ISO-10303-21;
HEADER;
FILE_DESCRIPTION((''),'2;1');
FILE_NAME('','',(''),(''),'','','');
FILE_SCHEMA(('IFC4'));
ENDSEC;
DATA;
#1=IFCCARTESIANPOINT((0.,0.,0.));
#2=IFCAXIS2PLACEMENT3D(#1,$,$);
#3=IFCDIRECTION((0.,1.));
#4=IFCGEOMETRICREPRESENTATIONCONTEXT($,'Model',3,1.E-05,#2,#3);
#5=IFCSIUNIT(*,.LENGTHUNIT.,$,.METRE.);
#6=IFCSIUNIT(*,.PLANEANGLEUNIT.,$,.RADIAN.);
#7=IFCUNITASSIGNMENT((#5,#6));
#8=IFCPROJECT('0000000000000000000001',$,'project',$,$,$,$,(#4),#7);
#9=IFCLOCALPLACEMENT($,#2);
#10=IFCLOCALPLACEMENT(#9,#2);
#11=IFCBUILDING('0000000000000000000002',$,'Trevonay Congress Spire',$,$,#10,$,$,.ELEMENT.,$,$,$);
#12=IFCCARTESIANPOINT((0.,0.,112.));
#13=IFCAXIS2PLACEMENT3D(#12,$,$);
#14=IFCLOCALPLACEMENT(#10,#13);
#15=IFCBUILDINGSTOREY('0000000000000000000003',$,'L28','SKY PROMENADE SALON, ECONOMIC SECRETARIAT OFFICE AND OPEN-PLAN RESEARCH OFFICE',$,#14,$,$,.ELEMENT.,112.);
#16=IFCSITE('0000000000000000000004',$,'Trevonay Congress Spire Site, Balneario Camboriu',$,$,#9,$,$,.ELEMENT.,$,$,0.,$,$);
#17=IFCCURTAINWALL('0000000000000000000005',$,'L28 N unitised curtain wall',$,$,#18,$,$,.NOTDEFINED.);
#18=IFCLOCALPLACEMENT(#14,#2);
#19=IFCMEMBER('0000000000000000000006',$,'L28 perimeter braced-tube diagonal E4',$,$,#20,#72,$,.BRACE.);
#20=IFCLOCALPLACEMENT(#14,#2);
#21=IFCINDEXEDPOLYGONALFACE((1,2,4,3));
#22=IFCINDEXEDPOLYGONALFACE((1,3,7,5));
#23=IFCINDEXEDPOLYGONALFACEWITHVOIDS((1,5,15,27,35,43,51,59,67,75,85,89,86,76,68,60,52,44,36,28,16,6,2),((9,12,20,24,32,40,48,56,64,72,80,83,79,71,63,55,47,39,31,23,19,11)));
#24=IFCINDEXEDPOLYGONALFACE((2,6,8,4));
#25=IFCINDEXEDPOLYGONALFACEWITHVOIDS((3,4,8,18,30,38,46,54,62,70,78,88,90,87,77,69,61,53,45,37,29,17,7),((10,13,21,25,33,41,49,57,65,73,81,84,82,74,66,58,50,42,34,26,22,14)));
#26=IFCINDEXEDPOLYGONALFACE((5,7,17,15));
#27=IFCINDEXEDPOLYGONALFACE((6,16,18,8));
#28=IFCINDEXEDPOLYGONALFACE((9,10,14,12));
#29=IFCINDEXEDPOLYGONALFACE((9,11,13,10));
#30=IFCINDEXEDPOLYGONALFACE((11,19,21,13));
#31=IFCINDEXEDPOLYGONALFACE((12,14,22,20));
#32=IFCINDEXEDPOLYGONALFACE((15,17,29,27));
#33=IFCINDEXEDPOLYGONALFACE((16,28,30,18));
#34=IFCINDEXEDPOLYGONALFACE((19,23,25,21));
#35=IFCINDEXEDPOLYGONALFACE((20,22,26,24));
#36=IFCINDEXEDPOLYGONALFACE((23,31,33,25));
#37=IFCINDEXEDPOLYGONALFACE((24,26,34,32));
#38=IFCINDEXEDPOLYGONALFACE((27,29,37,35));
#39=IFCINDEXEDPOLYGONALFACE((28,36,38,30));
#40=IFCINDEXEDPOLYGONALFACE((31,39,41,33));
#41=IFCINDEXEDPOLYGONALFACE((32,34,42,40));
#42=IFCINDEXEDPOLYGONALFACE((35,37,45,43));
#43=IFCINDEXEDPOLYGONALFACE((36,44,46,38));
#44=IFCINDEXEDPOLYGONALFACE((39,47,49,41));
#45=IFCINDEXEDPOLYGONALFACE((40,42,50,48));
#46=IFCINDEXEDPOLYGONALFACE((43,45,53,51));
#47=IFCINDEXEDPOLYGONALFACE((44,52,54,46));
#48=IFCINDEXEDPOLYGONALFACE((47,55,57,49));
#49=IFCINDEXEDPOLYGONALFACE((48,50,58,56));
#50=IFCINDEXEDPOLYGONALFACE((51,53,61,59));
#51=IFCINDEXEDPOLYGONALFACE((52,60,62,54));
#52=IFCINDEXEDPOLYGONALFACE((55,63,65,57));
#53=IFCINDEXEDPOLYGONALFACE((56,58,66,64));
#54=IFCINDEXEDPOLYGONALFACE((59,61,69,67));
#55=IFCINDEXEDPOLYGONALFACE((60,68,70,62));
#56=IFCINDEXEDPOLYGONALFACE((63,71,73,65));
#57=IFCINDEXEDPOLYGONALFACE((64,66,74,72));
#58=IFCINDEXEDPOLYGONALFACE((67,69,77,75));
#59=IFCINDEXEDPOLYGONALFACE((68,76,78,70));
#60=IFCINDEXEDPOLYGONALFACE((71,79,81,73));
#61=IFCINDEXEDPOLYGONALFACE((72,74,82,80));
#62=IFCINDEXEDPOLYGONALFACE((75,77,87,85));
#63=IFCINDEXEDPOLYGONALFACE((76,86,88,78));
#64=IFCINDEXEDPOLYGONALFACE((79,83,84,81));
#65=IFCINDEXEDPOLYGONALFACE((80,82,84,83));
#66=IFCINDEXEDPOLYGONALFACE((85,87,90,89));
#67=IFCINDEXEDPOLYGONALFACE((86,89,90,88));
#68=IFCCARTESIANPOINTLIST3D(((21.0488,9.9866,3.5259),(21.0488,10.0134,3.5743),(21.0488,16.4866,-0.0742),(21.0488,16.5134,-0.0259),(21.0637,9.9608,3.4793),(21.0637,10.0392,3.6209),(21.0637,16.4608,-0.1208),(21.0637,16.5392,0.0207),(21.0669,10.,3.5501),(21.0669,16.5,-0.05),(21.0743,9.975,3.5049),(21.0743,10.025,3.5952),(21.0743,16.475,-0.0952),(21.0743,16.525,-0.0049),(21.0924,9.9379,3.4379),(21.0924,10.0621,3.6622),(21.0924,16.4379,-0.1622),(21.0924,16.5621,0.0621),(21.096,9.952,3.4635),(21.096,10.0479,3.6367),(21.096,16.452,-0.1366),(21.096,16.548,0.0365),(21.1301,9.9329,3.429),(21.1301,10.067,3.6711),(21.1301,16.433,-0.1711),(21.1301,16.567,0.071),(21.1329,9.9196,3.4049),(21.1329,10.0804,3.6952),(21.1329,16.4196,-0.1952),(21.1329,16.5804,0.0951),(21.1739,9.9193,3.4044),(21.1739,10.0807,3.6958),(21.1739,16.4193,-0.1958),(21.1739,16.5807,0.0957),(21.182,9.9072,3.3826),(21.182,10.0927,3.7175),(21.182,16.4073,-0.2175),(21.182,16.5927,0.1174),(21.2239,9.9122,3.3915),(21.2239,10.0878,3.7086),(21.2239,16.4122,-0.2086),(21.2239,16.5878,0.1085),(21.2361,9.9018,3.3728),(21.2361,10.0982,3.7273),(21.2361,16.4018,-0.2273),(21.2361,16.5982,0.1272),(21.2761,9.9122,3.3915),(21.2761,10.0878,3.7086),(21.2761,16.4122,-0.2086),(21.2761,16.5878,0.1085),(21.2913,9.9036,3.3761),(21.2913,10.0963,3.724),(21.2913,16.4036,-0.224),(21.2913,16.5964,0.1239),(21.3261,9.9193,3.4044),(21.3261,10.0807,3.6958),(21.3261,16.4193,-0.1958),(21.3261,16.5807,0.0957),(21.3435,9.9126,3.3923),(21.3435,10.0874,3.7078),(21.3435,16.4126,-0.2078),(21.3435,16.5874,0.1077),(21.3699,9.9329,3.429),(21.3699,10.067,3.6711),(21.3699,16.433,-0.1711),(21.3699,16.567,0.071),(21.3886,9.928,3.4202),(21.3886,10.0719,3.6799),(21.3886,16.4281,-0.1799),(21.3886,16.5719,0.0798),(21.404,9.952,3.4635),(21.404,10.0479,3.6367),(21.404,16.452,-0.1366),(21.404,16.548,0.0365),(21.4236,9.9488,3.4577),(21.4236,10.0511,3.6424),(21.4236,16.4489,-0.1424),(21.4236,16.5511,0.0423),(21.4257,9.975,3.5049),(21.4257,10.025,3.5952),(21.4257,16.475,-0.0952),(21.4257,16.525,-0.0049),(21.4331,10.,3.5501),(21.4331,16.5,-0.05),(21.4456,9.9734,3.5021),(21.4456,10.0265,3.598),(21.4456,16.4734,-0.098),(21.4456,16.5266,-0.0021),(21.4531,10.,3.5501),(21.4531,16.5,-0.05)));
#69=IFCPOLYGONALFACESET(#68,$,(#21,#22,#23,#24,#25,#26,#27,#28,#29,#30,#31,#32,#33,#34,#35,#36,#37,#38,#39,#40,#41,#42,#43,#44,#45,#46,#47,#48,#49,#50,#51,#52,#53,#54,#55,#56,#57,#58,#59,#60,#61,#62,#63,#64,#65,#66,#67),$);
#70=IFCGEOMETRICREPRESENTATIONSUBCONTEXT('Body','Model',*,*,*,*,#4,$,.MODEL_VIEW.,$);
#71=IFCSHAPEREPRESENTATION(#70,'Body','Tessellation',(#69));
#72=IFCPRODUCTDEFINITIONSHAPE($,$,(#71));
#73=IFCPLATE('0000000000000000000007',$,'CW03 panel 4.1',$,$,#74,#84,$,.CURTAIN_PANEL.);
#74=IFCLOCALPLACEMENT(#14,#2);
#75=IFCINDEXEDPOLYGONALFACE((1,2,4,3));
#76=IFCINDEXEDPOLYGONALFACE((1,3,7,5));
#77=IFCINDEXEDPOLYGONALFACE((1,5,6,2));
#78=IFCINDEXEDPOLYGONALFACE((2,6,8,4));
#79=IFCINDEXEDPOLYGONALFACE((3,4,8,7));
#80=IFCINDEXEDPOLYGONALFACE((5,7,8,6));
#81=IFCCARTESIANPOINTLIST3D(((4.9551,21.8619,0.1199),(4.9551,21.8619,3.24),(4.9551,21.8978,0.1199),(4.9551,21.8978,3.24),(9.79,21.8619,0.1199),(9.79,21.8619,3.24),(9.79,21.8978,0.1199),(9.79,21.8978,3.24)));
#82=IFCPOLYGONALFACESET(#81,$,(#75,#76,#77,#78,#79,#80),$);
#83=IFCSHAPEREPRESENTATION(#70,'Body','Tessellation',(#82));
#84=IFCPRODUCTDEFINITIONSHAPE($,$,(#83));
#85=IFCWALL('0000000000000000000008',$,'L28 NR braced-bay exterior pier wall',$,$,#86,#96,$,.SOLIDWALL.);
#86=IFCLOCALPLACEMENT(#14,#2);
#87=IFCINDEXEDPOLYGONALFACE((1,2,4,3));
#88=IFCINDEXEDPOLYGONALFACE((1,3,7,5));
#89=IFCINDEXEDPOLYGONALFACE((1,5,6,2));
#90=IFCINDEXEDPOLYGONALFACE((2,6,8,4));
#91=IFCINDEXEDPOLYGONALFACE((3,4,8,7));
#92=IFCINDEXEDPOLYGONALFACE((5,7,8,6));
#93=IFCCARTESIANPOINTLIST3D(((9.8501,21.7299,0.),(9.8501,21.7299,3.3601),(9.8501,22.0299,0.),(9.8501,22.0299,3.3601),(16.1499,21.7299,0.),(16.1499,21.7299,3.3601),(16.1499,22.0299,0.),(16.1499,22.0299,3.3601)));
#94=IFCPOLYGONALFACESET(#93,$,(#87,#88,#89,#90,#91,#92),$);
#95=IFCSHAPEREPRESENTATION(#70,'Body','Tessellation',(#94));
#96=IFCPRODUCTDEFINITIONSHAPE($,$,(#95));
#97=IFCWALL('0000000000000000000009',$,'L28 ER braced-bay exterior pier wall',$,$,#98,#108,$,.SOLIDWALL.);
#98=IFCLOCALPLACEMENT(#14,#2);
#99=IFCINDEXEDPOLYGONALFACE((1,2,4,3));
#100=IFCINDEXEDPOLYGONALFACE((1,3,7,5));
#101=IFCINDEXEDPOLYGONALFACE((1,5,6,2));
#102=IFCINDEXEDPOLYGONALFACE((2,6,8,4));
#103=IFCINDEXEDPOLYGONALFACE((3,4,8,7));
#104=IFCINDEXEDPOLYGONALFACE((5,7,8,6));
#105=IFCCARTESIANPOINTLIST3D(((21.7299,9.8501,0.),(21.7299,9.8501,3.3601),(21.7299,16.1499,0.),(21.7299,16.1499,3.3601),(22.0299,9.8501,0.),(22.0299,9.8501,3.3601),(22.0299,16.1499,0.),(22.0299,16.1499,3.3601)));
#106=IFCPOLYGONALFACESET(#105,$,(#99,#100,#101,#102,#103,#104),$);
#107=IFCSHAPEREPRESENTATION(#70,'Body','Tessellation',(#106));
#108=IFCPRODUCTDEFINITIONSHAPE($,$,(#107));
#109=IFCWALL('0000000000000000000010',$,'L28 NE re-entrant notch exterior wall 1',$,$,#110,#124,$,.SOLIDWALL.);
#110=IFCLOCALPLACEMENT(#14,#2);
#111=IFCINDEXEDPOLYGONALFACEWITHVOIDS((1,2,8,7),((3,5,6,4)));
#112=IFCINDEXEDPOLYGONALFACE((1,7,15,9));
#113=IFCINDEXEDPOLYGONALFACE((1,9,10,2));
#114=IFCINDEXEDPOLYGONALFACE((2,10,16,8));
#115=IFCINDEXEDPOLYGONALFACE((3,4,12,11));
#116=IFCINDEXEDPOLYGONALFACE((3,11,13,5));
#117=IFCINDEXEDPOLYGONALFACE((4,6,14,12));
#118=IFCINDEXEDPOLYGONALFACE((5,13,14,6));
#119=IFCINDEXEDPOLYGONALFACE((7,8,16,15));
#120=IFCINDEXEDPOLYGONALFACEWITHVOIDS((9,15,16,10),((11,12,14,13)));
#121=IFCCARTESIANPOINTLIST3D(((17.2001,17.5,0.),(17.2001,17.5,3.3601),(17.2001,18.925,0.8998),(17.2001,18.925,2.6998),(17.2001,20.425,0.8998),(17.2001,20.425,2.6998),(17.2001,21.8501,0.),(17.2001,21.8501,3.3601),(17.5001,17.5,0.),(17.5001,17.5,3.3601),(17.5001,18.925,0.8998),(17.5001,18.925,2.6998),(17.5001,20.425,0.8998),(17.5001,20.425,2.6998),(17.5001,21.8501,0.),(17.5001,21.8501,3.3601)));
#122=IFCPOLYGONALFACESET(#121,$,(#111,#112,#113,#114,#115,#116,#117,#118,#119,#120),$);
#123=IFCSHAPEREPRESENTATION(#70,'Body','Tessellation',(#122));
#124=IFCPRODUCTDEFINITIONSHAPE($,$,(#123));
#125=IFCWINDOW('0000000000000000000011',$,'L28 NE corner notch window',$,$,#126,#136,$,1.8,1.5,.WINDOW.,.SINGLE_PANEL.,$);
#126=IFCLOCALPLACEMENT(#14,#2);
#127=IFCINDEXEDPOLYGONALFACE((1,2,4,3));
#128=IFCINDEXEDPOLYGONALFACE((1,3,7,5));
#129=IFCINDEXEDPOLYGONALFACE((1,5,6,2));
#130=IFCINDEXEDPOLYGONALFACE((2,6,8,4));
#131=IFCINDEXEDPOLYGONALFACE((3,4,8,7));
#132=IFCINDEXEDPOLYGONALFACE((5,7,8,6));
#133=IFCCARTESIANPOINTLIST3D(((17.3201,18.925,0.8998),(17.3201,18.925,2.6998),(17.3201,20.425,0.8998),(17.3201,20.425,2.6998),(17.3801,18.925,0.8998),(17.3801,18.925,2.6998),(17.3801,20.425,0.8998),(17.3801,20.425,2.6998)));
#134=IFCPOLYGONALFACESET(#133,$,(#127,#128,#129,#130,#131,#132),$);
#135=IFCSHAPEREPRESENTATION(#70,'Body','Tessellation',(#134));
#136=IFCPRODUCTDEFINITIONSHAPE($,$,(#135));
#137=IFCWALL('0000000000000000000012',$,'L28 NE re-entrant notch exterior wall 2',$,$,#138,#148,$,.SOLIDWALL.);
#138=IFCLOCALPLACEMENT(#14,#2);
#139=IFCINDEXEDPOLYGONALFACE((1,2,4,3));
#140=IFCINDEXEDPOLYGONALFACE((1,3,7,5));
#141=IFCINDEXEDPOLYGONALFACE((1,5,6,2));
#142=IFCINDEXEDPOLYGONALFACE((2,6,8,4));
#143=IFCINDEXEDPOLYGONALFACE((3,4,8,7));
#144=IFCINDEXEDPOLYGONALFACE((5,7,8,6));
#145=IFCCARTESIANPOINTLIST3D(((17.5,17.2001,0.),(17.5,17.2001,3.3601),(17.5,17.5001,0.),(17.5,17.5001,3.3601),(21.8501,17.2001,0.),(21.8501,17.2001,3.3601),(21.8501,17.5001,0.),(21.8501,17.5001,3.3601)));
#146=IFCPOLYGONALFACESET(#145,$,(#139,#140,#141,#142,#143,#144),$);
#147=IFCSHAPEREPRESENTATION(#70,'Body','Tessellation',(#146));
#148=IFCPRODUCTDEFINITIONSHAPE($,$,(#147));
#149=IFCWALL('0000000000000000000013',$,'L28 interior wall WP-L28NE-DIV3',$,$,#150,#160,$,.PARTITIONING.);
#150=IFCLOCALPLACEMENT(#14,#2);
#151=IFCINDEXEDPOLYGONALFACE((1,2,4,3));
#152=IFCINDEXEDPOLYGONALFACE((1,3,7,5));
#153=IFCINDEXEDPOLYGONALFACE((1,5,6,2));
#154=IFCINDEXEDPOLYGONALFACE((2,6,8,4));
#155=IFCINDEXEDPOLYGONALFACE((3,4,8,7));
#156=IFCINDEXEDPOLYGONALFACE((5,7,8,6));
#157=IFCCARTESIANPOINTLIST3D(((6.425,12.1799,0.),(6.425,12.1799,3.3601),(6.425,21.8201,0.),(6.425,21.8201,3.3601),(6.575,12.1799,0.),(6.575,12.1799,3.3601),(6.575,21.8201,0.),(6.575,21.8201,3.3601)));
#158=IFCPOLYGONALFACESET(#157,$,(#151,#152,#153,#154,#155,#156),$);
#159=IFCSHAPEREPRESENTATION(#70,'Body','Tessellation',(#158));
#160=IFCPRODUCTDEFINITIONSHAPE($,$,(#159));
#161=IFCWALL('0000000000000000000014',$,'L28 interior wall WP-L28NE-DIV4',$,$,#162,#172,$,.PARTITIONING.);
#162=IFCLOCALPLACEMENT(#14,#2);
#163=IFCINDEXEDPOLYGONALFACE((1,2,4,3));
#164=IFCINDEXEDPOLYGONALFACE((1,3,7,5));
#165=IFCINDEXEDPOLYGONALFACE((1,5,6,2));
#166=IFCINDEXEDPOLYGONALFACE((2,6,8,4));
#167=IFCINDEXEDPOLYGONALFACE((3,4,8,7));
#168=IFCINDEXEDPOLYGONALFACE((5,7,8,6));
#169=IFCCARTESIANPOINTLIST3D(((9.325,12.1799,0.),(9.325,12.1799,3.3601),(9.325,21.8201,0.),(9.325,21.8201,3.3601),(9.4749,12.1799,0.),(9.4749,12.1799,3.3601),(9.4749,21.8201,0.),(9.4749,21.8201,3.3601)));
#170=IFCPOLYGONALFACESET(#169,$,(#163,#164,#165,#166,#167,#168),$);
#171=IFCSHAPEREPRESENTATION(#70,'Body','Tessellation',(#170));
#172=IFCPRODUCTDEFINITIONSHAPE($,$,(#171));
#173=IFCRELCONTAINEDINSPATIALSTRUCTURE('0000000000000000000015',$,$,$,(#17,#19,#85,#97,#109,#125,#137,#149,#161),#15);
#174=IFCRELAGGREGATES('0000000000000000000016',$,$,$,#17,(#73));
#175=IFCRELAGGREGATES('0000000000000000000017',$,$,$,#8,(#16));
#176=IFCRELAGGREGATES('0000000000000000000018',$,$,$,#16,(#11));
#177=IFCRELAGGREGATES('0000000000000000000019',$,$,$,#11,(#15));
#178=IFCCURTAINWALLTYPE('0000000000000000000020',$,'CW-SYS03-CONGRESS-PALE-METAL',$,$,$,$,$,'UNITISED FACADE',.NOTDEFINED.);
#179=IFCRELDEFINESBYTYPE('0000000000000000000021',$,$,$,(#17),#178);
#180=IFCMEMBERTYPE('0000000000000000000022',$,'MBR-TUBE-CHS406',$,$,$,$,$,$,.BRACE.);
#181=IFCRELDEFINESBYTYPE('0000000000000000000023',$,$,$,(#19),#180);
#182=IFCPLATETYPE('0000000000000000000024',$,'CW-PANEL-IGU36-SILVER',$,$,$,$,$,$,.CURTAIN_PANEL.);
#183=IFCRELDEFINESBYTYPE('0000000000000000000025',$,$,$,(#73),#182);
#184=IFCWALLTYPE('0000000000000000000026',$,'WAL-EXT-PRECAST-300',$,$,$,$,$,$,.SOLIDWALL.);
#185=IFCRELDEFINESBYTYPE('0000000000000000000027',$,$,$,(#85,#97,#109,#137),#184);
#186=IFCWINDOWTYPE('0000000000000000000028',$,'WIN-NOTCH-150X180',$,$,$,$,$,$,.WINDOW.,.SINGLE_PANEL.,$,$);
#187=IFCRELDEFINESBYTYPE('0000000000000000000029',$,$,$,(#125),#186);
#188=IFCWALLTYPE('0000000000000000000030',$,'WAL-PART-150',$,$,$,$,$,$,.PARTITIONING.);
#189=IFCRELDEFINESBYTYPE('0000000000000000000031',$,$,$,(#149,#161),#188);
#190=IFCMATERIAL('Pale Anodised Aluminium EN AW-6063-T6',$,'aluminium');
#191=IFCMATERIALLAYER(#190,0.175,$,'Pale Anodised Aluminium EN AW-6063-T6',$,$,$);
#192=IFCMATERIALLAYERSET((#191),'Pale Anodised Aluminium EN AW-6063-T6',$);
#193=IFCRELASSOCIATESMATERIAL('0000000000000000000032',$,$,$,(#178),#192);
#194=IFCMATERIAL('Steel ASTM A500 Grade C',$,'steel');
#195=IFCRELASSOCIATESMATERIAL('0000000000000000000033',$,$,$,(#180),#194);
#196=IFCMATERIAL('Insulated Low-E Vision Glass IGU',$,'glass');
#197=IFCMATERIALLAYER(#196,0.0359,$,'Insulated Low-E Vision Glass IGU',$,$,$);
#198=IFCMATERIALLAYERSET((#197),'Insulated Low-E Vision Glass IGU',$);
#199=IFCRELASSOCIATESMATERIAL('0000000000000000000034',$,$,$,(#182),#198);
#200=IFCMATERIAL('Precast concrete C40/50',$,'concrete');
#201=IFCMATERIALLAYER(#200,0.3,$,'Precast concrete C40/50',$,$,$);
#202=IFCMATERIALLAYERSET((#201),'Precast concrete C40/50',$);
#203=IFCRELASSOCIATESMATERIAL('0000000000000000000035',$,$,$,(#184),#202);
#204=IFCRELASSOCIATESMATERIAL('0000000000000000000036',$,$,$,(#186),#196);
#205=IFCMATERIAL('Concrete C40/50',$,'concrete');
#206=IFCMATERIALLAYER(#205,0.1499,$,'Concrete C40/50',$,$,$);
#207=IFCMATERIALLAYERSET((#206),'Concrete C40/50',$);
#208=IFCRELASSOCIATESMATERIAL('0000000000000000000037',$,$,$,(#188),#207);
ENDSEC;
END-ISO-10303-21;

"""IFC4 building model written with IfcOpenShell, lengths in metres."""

from ifc_helpers import new_model, si_unit, direction, frame, frame_2d, origin, origin_2d, place, context, subcontext, project, spatial, rectangle, hollow_circle, extrude, material, layer, layer_set, material_profile, profile_set, type_object, element, fill, aggregate, save


model = new_model("IFC4")

# Units and contexts
model_context = context("Model", 3, precision=1e-05, world=origin(), true_north=direction((0.0, 1.0)))
body_context = subcontext(model_context, "Body", "Model", "MODEL_VIEW")
ifc_project = project(units=[si_unit("LENGTHUNIT", "METRE"), si_unit("PLANEANGLEUNIT", "RADIAN")], contexts=[model_context])

# Site, building, storey
site_placement = place(None, origin())
site = spatial("IfcSite", under=ifc_project, at=site_placement, Name="Trevonay Congress Spire Site, Balneario Camboriu", CompositionType="ELEMENT", RefElevation=0.0)
building_placement = place(site_placement, origin())
building = spatial("IfcBuilding", under=site, at=building_placement, Name="Trevonay Congress Spire", CompositionType="ELEMENT")
storey_placement = place(building_placement, frame((0.0, 0.0, 112.0)))
storey = spatial("IfcBuildingStorey", under=building, at=storey_placement, Name="L28", Description="SKY PROMENADE SALON, ECONOMIC SECRETARIAT OFFICE AND OPEN-PLAN RESEARCH OFFICE", CompositionType="ELEMENT", Elevation=112.0)

# Curtain wall
ifc_material_1 = material(Name="Pale Anodised Aluminium EN AW-6063-T6", Category="aluminium")
ifc_layer_1 = layer(ifc_material_1, 0.175, Name="Pale Anodised Aluminium EN AW-6063-T6")
ifc_layer_set_1 = layer_set([ifc_layer_1], Name="Pale Anodised Aluminium EN AW-6063-T6")
curtain_wall_type = type_object("IfcCurtainWallType", Name="CW-SYS03-CONGRESS-PALE-METAL", ElementType="UNITISED FACADE", PredefinedType="NOTDEFINED", material=ifc_layer_set_1)
curtain_wall_placement = place(storey_placement, origin())
curtain_wall = element("IfcCurtainWall", 1, at=curtain_wall_placement, inside=storey, type_object=curtain_wall_type, Name="L28 N unitised curtain wall", PredefinedType="NOTDEFINED")

# Member
ifc_material_2 = material(Name="Steel ASTM A500 Grade C", Category="steel")
ifc_material_profile_1 = material_profile(ifc_material_2, hollow_circle(Radius=0.2031, WallThickness=0.02, at=origin_2d()), Name="CHS 406.4x20")
ifc_profile_set_1 = profile_set([ifc_material_profile_1], Name="Steel ASTM A500 Grade C")
member_type_1 = type_object("IfcMemberType", Name="MBR-TUBE-CHS406", PredefinedType="BRACE", material=ifc_profile_set_1)
for number, where, z_axis, x_axis, name in (
    (2, (21.25, 16.5, -0.05), (0.0, -0.874786, 0.48451), (1.0, 0.0, 0.0), "L28 perimeter braced-tube diagonal E4"),
):
    element("IfcMember", number, at=place(storey_placement, frame(where, z_axis=z_axis, x_axis=x_axis)), inside=storey, type_object=member_type_1, Name=name, PredefinedType="BRACE", context=body_context, shape_type="SweptSolid", body=[
        extrude(hollow_circle(Radius=0.2031, WallThickness=0.02, at=origin_2d()), origin(), (0.0, 0.0, 1.0), 7.4304),
    ])

# Plate
ifc_material_3 = material(Name="Insulated Low-E Vision Glass IGU", Category="glass")
ifc_layer_2 = layer(ifc_material_3, 0.0359, Name="Insulated Low-E Vision Glass IGU")
ifc_layer_set_2 = layer_set([ifc_layer_2], Name="Insulated Low-E Vision Glass IGU")
plate_type = type_object("IfcPlateType", Name="CW-PANEL-IGU36-SILVER", PredefinedType="CURTAIN_PANEL", material=ifc_layer_set_2)
plate_placement = place(storey_placement, frame((7.3726, 21.8799, 0.1199), z_axis=(0.0, 0.0, 1.0), x_axis=(1.0, 0.0, 0.0)))
plate = element("IfcPlate", 3, at=plate_placement, type_object=plate_type, Name="CW03 panel 4.1", PredefinedType="CURTAIN_PANEL", context=body_context, shape_type="SweptSolid", body=[
    extrude(rectangle(XDim=4.835, YDim=0.0359, at=origin_2d()), origin(), (0.0, 0.0, 1.0), 3.1201),
])
aggregate(curtain_wall, [plate])

# Walls
ifc_material_4 = material(Name="Precast concrete C40/50", Category="concrete")
ifc_layer_3 = layer(ifc_material_4, 0.3, Name="Precast concrete C40/50")
ifc_layer_set_3 = layer_set([ifc_layer_3], Name="Precast concrete C40/50")
wall_type_1 = type_object("IfcWallType", Name="WAL-EXT-PRECAST-300", PredefinedType="SOLIDWALL", material=ifc_layer_set_3)
for number, where, z_axis, x_axis, name in (
    (4, (9.8501, 21.8799, 0.0), (0.0, 0.0, 1.0), (1.0, 0.0, 0.0), "L28 NR braced-bay exterior pier wall"),
    (5, (21.8799, 9.8501, 0.0), (0.0, 0.0, 1.0), (0.0, 1.0, 0.0), "L28 ER braced-bay exterior pier wall"),
):
    element("IfcWall", number, at=place(storey_placement, frame(where, z_axis=z_axis, x_axis=x_axis)), inside=storey, type_object=wall_type_1, Name=name, PredefinedType="SOLIDWALL", context=body_context, shape_type="SweptSolid", body=[
        extrude(rectangle(XDim=6.2998, YDim=0.3, at=frame_2d((3.1499, 0.0))), origin(), (0.0, 0.0, 1.0), 3.3601),
    ])

# Wall, opening, window
wall_1_placement = place(storey_placement, frame((17.3501, 21.8501, 0.0), z_axis=(0.0, 0.0, 1.0), x_axis=(0.0, -1.0, 0.0)))
wall_1 = element("IfcWall", 6, at=wall_1_placement, inside=storey, type_object=wall_type_1, Name="L28 NE re-entrant notch exterior wall 1", PredefinedType="SOLIDWALL", context=body_context, shape_type="SweptSolid", body=[
    extrude(rectangle(XDim=4.3501, YDim=0.3, at=frame_2d((2.175, 0.0))), origin(), (0.0, 0.0, 1.0), 3.3601),
])
opening_placement = place(wall_1_placement, frame((1.425, 0.0, 0.8999)))
opening = element("IfcOpeningElement", 7, at=opening_placement, cuts=wall_1, PredefinedType="OPENING", context=body_context, shape_type="SweptSolid", body=[
    extrude(rectangle(XDim=1.5, YDim=1.8, at=frame_2d((0.75, 0.8999))), frame((0.0, 0.1602, 0.0), z_axis=(0.0, -1.0, 0.0), x_axis=(1.0, 0.0, 0.0)), (0.0, 0.0, 1.0), 0.3201),
])
window_type = type_object("IfcWindowType", Name="WIN-NOTCH-150X180", PartitioningType="SINGLE_PANEL", PredefinedType="WINDOW", material=ifc_material_3)
window_placement = place(opening_placement, origin())
window = element("IfcWindow", 8, at=window_placement, inside=storey, type_object=window_type, Name="L28 NE corner notch window", OverallHeight=1.8, OverallWidth=1.5, PartitioningType="SINGLE_PANEL", PredefinedType="WINDOW", context=body_context, shape_type="SweptSolid", body=[
    extrude(rectangle(XDim=1.5, YDim=1.8, at=frame_2d((0.75, 0.8999))), frame((0.0, 0.03, 0.0), z_axis=(0.0, -1.0, 0.0), x_axis=(1.0, 0.0, 0.0)), (0.0, 0.0, 1.0), 0.0601),
])
fill(opening, window)

# Walls
wall_2_placement = place(storey_placement, frame((21.8501, 17.3501, 0.0), z_axis=(0.0, 0.0, 1.0), x_axis=(-1.0, 0.0, 0.0)))
element("IfcWall", 9, at=wall_2_placement, inside=storey, type_object=wall_type_1, Name="L28 NE re-entrant notch exterior wall 2", PredefinedType="SOLIDWALL", context=body_context, shape_type="SweptSolid", body=[
    extrude(rectangle(XDim=4.3501, YDim=0.3, at=frame_2d((2.175, 0.0))), origin(), (0.0, 0.0, 1.0), 3.3601),
])
ifc_material_5 = material(Name="Concrete C40/50", Category="concrete")
ifc_layer_4 = layer(ifc_material_5, 0.1499, Name="Concrete C40/50")
ifc_layer_set_4 = layer_set([ifc_layer_4], Name="Concrete C40/50")
wall_type_2 = type_object("IfcWallType", Name="WAL-PART-150", PredefinedType="PARTITIONING", material=ifc_layer_set_4)
for number, where, z_axis, x_axis, name in (
    (10, (6.5, 12.1799, 0.0), (0.0, 0.0, 1.0), (0.0, 1.0, 0.0), "L28 interior wall WP-L28NE-DIV3"),
    (11, (9.3999, 12.1799, 0.0), (0.0, 0.0, 1.0), (0.0, 1.0, 0.0), "L28 interior wall WP-L28NE-DIV4"),
):
    element("IfcWall", number, at=place(storey_placement, frame(where, z_axis=z_axis, x_axis=x_axis)), inside=storey, type_object=wall_type_2, Name=name, PredefinedType="PARTITIONING", context=body_context, shape_type="SweptSolid", body=[
        extrude(rectangle(XDim=9.6401, YDim=0.1499, at=frame_2d((4.8201, 0.0))), origin(), (0.0, 0.0, 1.0), 3.3601),
    ])

save(model, "model.ifc")
